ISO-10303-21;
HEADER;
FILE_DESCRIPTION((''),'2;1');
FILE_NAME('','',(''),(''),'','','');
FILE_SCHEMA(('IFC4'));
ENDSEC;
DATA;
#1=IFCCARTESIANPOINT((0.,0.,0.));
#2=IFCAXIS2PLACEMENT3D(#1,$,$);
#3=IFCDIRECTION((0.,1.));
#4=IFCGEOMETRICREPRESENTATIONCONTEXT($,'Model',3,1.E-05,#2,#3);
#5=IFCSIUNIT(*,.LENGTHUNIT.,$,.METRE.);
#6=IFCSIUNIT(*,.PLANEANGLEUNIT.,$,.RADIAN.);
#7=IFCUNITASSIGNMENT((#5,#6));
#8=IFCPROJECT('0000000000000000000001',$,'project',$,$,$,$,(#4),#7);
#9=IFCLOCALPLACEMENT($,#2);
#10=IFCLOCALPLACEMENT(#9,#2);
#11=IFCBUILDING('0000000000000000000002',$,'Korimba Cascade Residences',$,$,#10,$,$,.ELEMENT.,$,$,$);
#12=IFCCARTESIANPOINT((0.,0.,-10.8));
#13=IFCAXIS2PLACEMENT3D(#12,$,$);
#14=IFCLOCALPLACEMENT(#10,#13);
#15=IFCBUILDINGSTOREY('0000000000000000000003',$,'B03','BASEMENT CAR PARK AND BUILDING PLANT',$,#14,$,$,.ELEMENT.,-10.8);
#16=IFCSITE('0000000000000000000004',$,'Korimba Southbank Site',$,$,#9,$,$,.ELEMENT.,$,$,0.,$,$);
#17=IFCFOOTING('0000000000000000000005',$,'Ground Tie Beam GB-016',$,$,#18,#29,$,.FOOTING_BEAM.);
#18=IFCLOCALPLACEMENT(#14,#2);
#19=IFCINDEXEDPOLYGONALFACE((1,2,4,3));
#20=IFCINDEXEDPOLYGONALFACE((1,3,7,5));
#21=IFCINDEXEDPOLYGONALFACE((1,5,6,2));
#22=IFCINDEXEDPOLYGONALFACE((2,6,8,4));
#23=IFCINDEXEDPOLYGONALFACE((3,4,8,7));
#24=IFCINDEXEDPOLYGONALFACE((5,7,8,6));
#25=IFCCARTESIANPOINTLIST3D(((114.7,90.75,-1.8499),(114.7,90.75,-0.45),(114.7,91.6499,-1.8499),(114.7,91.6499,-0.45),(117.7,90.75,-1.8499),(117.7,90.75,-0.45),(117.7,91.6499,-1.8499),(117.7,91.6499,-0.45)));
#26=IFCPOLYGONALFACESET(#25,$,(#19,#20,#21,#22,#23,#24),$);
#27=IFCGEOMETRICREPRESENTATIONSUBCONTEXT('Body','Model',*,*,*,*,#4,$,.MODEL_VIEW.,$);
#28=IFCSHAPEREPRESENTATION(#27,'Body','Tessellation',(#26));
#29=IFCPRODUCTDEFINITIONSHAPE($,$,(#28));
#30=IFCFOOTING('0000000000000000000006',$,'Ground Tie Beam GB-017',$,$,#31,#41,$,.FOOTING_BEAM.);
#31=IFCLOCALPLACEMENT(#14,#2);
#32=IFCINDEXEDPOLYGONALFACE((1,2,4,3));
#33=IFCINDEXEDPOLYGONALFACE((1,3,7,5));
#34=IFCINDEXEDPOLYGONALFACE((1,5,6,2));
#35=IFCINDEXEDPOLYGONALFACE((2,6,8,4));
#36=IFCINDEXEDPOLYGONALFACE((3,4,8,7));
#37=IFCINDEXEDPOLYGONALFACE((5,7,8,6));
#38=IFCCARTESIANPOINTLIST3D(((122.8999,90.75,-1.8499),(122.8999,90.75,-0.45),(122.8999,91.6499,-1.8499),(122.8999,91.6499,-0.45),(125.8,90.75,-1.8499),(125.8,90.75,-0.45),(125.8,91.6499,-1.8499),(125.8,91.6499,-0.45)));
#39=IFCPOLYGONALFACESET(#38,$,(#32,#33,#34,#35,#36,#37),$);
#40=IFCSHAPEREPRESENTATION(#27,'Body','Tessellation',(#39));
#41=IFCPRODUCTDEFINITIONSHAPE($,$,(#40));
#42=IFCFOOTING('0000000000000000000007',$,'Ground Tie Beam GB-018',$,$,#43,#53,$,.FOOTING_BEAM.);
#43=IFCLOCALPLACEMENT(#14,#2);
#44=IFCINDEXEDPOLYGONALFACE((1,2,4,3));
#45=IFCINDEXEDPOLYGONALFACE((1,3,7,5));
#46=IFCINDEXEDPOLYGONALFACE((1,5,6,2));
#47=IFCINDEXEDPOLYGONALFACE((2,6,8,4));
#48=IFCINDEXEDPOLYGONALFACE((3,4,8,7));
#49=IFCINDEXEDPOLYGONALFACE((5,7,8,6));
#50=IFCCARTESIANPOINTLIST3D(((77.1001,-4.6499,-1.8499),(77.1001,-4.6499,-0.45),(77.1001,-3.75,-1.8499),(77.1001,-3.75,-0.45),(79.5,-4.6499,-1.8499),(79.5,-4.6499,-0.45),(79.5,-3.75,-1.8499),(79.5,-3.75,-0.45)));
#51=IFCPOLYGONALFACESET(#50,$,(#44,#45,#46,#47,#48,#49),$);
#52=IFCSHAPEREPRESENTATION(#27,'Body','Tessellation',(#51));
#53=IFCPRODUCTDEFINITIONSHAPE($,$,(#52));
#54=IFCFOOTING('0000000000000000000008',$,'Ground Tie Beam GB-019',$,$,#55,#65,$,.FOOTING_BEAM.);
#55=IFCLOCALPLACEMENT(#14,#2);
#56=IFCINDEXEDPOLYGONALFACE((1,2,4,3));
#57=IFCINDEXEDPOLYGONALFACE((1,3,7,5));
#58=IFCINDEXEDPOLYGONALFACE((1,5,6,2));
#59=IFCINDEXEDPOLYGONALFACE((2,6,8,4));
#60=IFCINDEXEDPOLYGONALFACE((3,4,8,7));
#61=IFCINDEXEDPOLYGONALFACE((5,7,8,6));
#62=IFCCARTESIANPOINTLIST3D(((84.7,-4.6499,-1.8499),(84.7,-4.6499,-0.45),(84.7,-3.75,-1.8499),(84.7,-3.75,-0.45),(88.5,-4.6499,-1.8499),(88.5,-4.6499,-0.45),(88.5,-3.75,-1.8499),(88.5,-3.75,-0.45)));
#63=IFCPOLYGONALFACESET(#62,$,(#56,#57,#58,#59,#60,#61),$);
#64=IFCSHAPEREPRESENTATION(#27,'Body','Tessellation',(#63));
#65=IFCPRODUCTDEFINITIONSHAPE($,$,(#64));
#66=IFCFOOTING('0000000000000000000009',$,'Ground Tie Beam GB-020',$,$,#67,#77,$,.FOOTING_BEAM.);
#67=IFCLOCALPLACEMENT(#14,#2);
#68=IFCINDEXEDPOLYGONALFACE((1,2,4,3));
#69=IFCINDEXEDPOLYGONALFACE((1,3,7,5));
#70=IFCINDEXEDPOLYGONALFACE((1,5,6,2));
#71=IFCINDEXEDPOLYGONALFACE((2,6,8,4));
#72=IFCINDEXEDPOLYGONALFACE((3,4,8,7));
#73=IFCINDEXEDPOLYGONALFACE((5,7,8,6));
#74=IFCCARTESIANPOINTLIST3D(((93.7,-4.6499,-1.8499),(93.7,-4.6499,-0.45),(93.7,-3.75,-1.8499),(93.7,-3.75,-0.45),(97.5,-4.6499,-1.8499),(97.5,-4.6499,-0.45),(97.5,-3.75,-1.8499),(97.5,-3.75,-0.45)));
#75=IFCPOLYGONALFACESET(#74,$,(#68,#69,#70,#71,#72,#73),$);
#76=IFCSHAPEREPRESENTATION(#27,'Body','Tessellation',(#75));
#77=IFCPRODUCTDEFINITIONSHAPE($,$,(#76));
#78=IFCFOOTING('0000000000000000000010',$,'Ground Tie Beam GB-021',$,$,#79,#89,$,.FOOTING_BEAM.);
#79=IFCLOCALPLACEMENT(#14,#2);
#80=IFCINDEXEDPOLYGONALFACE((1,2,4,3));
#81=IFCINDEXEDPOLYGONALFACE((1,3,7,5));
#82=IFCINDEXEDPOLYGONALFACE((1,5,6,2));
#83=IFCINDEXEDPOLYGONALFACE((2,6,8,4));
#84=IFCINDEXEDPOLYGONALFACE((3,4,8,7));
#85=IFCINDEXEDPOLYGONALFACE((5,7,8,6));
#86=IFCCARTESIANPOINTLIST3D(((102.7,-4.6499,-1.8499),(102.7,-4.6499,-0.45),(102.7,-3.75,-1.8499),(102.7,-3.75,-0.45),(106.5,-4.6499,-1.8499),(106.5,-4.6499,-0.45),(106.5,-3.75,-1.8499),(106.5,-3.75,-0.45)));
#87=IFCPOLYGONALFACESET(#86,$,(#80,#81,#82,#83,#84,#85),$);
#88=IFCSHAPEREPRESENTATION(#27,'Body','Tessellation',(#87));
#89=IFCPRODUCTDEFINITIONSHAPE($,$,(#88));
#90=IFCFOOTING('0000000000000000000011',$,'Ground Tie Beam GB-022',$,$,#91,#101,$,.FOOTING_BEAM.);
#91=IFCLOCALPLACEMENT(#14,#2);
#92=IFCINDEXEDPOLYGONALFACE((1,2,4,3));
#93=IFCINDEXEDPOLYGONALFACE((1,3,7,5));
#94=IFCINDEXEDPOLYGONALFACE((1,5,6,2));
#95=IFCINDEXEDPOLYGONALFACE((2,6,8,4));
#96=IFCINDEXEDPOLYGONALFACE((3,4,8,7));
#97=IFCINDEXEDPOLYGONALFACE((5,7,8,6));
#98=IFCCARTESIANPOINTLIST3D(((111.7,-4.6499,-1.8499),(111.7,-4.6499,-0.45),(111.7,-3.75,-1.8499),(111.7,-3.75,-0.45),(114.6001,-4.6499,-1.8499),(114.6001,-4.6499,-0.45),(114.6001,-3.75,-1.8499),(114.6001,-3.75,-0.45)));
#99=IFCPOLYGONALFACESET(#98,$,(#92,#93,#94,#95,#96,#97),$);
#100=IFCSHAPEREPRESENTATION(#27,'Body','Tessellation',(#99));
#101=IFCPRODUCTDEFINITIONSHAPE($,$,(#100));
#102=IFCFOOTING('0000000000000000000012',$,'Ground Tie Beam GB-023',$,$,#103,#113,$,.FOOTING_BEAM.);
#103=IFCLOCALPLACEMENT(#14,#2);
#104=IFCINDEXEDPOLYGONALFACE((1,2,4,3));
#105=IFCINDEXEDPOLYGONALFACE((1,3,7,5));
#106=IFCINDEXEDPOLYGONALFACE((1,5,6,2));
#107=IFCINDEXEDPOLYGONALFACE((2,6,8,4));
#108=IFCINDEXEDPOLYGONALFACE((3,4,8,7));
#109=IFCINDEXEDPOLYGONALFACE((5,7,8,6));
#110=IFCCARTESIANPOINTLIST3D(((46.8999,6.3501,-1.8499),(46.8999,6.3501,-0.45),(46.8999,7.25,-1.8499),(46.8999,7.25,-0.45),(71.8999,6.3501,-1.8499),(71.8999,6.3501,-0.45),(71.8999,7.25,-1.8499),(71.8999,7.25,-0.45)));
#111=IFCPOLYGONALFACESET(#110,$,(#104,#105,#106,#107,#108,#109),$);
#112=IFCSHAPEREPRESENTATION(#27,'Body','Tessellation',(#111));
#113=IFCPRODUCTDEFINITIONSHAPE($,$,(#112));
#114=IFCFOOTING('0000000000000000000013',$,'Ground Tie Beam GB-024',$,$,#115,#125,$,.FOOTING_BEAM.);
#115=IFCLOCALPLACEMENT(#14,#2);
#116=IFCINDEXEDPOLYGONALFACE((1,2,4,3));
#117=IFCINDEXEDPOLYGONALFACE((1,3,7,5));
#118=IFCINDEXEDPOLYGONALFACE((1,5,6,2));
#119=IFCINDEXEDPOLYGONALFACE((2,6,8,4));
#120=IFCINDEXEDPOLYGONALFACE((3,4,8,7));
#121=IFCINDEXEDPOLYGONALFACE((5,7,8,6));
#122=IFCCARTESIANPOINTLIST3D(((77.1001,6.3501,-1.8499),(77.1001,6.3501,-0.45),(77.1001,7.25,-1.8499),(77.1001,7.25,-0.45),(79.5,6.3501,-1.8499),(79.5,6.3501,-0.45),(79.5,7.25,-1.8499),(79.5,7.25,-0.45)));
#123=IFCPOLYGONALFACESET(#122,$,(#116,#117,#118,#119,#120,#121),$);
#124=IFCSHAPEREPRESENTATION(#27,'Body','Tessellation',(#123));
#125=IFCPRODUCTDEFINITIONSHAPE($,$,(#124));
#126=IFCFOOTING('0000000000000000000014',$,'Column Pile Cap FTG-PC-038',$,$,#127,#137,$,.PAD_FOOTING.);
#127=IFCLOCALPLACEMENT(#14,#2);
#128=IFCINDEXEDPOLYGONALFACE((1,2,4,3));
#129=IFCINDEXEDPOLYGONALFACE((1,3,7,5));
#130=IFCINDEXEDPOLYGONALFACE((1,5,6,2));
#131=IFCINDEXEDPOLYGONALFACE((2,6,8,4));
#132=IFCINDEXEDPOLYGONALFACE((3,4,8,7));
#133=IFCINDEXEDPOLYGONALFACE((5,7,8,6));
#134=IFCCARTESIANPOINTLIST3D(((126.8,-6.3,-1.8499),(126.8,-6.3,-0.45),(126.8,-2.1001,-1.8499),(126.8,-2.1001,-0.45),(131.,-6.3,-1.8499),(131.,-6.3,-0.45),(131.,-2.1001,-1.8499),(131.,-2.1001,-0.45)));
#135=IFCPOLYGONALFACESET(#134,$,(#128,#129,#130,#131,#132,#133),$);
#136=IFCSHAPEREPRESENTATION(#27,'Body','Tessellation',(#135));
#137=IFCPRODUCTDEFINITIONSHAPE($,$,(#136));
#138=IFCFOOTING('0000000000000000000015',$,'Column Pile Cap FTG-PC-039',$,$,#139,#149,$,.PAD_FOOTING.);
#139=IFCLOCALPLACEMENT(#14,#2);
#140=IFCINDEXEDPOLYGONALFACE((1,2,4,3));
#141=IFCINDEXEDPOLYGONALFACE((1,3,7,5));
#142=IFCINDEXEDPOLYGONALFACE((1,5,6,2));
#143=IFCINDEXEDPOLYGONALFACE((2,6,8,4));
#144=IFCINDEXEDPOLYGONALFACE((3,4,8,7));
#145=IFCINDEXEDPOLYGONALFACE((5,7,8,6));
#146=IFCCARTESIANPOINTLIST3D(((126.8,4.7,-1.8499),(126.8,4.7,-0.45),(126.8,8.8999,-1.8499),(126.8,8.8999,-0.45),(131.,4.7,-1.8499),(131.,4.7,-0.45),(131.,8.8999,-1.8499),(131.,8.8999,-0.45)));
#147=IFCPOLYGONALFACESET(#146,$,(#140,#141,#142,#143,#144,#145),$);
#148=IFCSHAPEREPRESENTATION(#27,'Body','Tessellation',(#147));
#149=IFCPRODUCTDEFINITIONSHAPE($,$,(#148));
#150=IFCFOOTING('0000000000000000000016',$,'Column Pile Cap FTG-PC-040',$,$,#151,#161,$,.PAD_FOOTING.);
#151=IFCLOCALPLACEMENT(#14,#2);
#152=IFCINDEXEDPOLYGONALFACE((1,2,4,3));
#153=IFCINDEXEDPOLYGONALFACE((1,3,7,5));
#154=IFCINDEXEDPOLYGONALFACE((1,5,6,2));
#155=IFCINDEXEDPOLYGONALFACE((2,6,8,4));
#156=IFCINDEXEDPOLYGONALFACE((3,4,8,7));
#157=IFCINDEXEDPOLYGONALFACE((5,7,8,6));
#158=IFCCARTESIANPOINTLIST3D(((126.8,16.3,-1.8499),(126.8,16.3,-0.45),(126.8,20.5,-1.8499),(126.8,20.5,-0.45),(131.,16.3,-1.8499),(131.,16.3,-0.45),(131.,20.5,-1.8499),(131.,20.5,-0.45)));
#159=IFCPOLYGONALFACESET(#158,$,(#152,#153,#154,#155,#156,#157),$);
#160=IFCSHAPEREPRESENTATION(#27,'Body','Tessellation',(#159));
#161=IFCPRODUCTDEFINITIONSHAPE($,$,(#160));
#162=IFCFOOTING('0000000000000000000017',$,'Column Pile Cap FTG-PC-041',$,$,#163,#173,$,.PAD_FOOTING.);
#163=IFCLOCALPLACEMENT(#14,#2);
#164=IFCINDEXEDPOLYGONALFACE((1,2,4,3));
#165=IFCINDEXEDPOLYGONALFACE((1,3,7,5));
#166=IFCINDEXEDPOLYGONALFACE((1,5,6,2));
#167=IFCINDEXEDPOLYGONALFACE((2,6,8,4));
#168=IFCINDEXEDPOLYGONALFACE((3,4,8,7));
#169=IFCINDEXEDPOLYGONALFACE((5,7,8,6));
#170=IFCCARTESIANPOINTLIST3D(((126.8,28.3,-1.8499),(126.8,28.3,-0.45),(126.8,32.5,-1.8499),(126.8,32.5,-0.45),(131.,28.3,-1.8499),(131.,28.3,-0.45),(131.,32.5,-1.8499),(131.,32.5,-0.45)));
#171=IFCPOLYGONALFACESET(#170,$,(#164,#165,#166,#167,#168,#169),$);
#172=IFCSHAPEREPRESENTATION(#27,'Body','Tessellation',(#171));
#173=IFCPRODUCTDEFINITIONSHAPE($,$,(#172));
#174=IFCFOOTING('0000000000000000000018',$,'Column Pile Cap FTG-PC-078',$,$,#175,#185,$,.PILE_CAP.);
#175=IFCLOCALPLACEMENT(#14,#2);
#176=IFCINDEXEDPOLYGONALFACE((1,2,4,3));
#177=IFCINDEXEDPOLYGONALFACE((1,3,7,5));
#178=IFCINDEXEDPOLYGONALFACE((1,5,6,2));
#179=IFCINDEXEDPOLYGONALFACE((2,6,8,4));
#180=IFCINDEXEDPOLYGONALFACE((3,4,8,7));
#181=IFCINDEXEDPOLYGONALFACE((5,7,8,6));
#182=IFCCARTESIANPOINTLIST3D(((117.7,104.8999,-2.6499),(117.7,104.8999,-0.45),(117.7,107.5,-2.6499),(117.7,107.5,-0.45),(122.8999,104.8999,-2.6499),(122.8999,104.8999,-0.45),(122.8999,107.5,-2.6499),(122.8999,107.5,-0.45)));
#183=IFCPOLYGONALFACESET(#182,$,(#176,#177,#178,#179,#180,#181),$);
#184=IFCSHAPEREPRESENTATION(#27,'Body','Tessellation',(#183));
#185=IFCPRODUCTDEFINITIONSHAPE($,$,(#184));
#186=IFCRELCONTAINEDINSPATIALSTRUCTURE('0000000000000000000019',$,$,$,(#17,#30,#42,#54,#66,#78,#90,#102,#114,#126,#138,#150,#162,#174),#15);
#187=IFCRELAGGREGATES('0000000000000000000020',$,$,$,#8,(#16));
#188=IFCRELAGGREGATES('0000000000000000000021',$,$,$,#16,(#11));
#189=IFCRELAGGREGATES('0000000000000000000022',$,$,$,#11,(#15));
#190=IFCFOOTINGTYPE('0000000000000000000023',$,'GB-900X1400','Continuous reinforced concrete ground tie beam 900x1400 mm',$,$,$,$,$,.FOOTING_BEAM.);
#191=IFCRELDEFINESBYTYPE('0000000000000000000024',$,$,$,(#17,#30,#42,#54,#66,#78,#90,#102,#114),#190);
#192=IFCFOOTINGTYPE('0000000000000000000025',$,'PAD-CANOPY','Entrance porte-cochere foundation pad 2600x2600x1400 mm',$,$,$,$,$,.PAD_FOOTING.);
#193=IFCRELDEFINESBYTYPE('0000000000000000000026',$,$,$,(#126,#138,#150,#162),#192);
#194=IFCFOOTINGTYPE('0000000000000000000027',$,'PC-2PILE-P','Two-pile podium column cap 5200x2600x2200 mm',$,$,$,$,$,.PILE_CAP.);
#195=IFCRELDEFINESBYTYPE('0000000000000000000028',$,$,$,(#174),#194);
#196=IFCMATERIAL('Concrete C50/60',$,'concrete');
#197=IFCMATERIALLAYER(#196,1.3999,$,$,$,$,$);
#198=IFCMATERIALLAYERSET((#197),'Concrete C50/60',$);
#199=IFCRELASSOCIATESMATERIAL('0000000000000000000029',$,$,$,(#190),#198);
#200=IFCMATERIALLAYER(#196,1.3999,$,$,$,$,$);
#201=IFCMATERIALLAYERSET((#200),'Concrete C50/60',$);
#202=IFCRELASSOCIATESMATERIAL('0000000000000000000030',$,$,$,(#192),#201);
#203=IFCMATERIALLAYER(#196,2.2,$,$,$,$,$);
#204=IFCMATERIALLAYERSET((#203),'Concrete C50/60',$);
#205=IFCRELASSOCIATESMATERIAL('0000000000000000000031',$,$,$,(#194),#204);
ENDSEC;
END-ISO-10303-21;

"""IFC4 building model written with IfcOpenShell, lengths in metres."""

from ifc_helpers import new_model, si_unit, direction, frame, origin, place, context, subcontext, project, spatial, polyline, outline, extrude, material, layer, layer_set, type_object, element, save


model = new_model("IFC4")

# Units and contexts
model_context = context("Model", 3, precision=1e-05, world=origin(), true_north=direction((0.0, 1.0)))
body_context = subcontext(model_context, "Body", "Model", "MODEL_VIEW")
ifc_project = project(units=[si_unit("LENGTHUNIT", "METRE"), si_unit("PLANEANGLEUNIT", "RADIAN")], contexts=[model_context])

# Site, building, storey
site_placement = place(None, origin())
site = spatial("IfcSite", under=ifc_project, at=site_placement, Name="Korimba Southbank Site", CompositionType="ELEMENT", RefElevation=0.0)
building_placement = place(site_placement, origin())
building = spatial("IfcBuilding", under=site, at=building_placement, Name="Korimba Cascade Residences", CompositionType="ELEMENT")
storey_placement = place(building_placement, frame((0.0, 0.0, -10.8)))
storey = spatial("IfcBuildingStorey", under=building, at=storey_placement, Name="B03", Description="BASEMENT CAR PARK AND BUILDING PLANT", CompositionType="ELEMENT", Elevation=-10.8)

# Footings
ifc_material = material(Name="Concrete C50/60", Category="concrete")
ifc_layer_1 = layer(ifc_material, 1.3999)
ifc_layer_set_1 = layer_set([ifc_layer_1], Name="Concrete C50/60")
footing_type_1 = type_object("IfcFootingType", Name="GB-900X1400", Description="Continuous reinforced concrete ground tie beam 900x1400 mm", PredefinedType="FOOTING_BEAM", material=ifc_layer_set_1)
footing_1_placement = place(storey_placement, frame((0.0, 0.0, -1.8499)))
element("IfcFooting", 1, at=footing_1_placement, inside=storey, type_object=footing_type_1, Name="Ground Tie Beam GB-016", PredefinedType="FOOTING_BEAM", context=body_context, shape_type="SweptSolid", body=[
    extrude(outline(polyline([(114.7, 90.75), (117.7, 90.75), (117.7, 91.6499), (114.7, 91.6499), (114.7, 90.75)])), origin(), (0.0, 0.0, 1.0), 1.3999),
])
footing_2_placement = place(storey_placement, frame((0.0, 0.0, -1.8499)))
element("IfcFooting", 2, at=footing_2_placement, inside=storey, type_object=footing_type_1, Name="Ground Tie Beam GB-017", PredefinedType="FOOTING_BEAM", context=body_context, shape_type="SweptSolid", body=[
    extrude(outline(polyline([(122.8999, 90.75), (125.8, 90.75), (125.8, 91.6499), (122.8999, 91.6499), (122.8999, 90.75)])), origin(), (0.0, 0.0, 1.0), 1.3999),
])
footing_3_placement = place(storey_placement, frame((0.0, 0.0, -1.8499)))
element("IfcFooting", 3, at=footing_3_placement, inside=storey, type_object=footing_type_1, Name="Ground Tie Beam GB-018", PredefinedType="FOOTING_BEAM", context=body_context, shape_type="SweptSolid", body=[
    extrude(outline(polyline([(77.1001, -4.6499), (79.5, -4.6499), (79.5, -3.75), (77.1001, -3.75), (77.1001, -4.6499)])), origin(), (0.0, 0.0, 1.0), 1.3999),
])
footing_4_placement = place(storey_placement, frame((0.0, 0.0, -1.8499)))
element("IfcFooting", 4, at=footing_4_placement, inside=storey, type_object=footing_type_1, Name="Ground Tie Beam GB-019", PredefinedType="FOOTING_BEAM", context=body_context, shape_type="SweptSolid", body=[
    extrude(outline(polyline([(84.7, -4.6499), (88.5, -4.6499), (88.5, -3.75), (84.7, -3.75), (84.7, -4.6499)])), origin(), (0.0, 0.0, 1.0), 1.3999),
])
footing_5_placement = place(storey_placement, frame((0.0, 0.0, -1.8499)))
element("IfcFooting", 5, at=footing_5_placement, inside=storey, type_object=footing_type_1, Name="Ground Tie Beam GB-020", PredefinedType="FOOTING_BEAM", context=body_context, shape_type="SweptSolid", body=[
    extrude(outline(polyline([(93.7, -4.6499), (97.5, -4.6499), (97.5, -3.75), (93.7, -3.75), (93.7, -4.6499)])), origin(), (0.0, 0.0, 1.0), 1.3999),
])
footing_6_placement = place(storey_placement, frame((0.0, 0.0, -1.8499)))
element("IfcFooting", 6, at=footing_6_placement, inside=storey, type_object=footing_type_1, Name="Ground Tie Beam GB-021", PredefinedType="FOOTING_BEAM", context=body_context, shape_type="SweptSolid", body=[
    extrude(outline(polyline([(102.7, -4.6499), (106.5, -4.6499), (106.5, -3.75), (102.7, -3.75), (102.7, -4.6499)])), origin(), (0.0, 0.0, 1.0), 1.3999),
])
footing_7_placement = place(storey_placement, frame((0.0, 0.0, -1.8499)))
element("IfcFooting", 7, at=footing_7_placement, inside=storey, type_object=footing_type_1, Name="Ground Tie Beam GB-022", PredefinedType="FOOTING_BEAM", context=body_context, shape_type="SweptSolid", body=[
    extrude(outline(polyline([(111.7, -4.6499), (114.6001, -4.6499), (114.6001, -3.75), (111.7, -3.75), (111.7, -4.6499)])), origin(), (0.0, 0.0, 1.0), 1.3999),
])
footing_8_placement = place(storey_placement, frame((0.0, 0.0, -1.8499)))
element("IfcFooting", 8, at=footing_8_placement, inside=storey, type_object=footing_type_1, Name="Ground Tie Beam GB-023", PredefinedType="FOOTING_BEAM", context=body_context, shape_type="SweptSolid", body=[
    extrude(outline(polyline([(46.8999, 6.3501), (71.8999, 6.3501), (71.8999, 7.25), (46.8999, 7.25), (46.8999, 6.3501)])), origin(), (0.0, 0.0, 1.0), 1.3999),
])
footing_9_placement = place(storey_placement, frame((0.0, 0.0, -1.8499)))
element("IfcFooting", 9, at=footing_9_placement, inside=storey, type_object=footing_type_1, Name="Ground Tie Beam GB-024", PredefinedType="FOOTING_BEAM", context=body_context, shape_type="SweptSolid", body=[
    extrude(outline(polyline([(77.1001, 6.3501), (79.5, 6.3501), (79.5, 7.25), (77.1001, 7.25), (77.1001, 6.3501)])), origin(), (0.0, 0.0, 1.0), 1.3999),
])
ifc_layer_2 = layer(ifc_material, 1.3999)
ifc_layer_set_2 = layer_set([ifc_layer_2], Name="Concrete C50/60")
footing_type_2 = type_object("IfcFootingType", Name="PAD-CANOPY", Description="Entrance porte-cochere foundation pad 2600x2600x1400 mm", PredefinedType="PAD_FOOTING", material=ifc_layer_set_2)
footing_10_placement = place(storey_placement, frame((0.0, 0.0, -1.8499)))
element("IfcFooting", 10, at=footing_10_placement, inside=storey, type_object=footing_type_2, Name="Column Pile Cap FTG-PC-038", PredefinedType="PAD_FOOTING", context=body_context, shape_type="SweptSolid", body=[
    extrude(outline(polyline([(126.8, -6.3), (131.0, -6.3), (131.0, -2.1001), (126.8, -2.1001), (126.8, -6.3)])), origin(), (0.0, 0.0, 1.0), 1.3999),
])
footing_11_placement = place(storey_placement, frame((0.0, 0.0, -1.8499)))
element("IfcFooting", 11, at=footing_11_placement, inside=storey, type_object=footing_type_2, Name="Column Pile Cap FTG-PC-039", PredefinedType="PAD_FOOTING", context=body_context, shape_type="SweptSolid", body=[
    extrude(outline(polyline([(126.8, 4.7), (131.0, 4.7), (131.0, 8.8999), (126.8, 8.8999), (126.8, 4.7)])), origin(), (0.0, 0.0, 1.0), 1.3999),
])
footing_12_placement = place(storey_placement, frame((0.0, 0.0, -1.8499)))
element("IfcFooting", 12, at=footing_12_placement, inside=storey, type_object=footing_type_2, Name="Column Pile Cap FTG-PC-040", PredefinedType="PAD_FOOTING", context=body_context, shape_type="SweptSolid", body=[
    extrude(outline(polyline([(126.8, 16.3), (131.0, 16.3), (131.0, 20.5), (126.8, 20.5), (126.8, 16.3)])), origin(), (0.0, 0.0, 1.0), 1.3999),
])
footing_13_placement = place(storey_placement, frame((0.0, 0.0, -1.8499)))
element("IfcFooting", 13, at=footing_13_placement, inside=storey, type_object=footing_type_2, Name="Column Pile Cap FTG-PC-041", PredefinedType="PAD_FOOTING", context=body_context, shape_type="SweptSolid", body=[
    extrude(outline(polyline([(126.8, 28.3), (131.0, 28.3), (131.0, 32.5), (126.8, 32.5), (126.8, 28.3)])), origin(), (0.0, 0.0, 1.0), 1.3999),
])
ifc_layer_3 = layer(ifc_material, 2.2)
ifc_layer_set_3 = layer_set([ifc_layer_3], Name="Concrete C50/60")
footing_type_3 = type_object("IfcFootingType", Name="PC-2PILE-P", Description="Two-pile podium column cap 5200x2600x2200 mm", PredefinedType="PILE_CAP", material=ifc_layer_set_3)
footing_14_placement = place(storey_placement, frame((0.0, 0.0, -2.6499)))
element("IfcFooting", 14, at=footing_14_placement, inside=storey, type_object=footing_type_3, Name="Column Pile Cap FTG-PC-078", PredefinedType="PILE_CAP", context=body_context, shape_type="SweptSolid", body=[
    extrude(outline(polyline([(117.7, 104.8999), (122.8999, 104.8999), (122.8999, 107.5), (117.7, 107.5), (117.7, 104.8999)])), origin(), (0.0, 0.0, 1.0), 2.2),
])

save(model, "model.ifc")
